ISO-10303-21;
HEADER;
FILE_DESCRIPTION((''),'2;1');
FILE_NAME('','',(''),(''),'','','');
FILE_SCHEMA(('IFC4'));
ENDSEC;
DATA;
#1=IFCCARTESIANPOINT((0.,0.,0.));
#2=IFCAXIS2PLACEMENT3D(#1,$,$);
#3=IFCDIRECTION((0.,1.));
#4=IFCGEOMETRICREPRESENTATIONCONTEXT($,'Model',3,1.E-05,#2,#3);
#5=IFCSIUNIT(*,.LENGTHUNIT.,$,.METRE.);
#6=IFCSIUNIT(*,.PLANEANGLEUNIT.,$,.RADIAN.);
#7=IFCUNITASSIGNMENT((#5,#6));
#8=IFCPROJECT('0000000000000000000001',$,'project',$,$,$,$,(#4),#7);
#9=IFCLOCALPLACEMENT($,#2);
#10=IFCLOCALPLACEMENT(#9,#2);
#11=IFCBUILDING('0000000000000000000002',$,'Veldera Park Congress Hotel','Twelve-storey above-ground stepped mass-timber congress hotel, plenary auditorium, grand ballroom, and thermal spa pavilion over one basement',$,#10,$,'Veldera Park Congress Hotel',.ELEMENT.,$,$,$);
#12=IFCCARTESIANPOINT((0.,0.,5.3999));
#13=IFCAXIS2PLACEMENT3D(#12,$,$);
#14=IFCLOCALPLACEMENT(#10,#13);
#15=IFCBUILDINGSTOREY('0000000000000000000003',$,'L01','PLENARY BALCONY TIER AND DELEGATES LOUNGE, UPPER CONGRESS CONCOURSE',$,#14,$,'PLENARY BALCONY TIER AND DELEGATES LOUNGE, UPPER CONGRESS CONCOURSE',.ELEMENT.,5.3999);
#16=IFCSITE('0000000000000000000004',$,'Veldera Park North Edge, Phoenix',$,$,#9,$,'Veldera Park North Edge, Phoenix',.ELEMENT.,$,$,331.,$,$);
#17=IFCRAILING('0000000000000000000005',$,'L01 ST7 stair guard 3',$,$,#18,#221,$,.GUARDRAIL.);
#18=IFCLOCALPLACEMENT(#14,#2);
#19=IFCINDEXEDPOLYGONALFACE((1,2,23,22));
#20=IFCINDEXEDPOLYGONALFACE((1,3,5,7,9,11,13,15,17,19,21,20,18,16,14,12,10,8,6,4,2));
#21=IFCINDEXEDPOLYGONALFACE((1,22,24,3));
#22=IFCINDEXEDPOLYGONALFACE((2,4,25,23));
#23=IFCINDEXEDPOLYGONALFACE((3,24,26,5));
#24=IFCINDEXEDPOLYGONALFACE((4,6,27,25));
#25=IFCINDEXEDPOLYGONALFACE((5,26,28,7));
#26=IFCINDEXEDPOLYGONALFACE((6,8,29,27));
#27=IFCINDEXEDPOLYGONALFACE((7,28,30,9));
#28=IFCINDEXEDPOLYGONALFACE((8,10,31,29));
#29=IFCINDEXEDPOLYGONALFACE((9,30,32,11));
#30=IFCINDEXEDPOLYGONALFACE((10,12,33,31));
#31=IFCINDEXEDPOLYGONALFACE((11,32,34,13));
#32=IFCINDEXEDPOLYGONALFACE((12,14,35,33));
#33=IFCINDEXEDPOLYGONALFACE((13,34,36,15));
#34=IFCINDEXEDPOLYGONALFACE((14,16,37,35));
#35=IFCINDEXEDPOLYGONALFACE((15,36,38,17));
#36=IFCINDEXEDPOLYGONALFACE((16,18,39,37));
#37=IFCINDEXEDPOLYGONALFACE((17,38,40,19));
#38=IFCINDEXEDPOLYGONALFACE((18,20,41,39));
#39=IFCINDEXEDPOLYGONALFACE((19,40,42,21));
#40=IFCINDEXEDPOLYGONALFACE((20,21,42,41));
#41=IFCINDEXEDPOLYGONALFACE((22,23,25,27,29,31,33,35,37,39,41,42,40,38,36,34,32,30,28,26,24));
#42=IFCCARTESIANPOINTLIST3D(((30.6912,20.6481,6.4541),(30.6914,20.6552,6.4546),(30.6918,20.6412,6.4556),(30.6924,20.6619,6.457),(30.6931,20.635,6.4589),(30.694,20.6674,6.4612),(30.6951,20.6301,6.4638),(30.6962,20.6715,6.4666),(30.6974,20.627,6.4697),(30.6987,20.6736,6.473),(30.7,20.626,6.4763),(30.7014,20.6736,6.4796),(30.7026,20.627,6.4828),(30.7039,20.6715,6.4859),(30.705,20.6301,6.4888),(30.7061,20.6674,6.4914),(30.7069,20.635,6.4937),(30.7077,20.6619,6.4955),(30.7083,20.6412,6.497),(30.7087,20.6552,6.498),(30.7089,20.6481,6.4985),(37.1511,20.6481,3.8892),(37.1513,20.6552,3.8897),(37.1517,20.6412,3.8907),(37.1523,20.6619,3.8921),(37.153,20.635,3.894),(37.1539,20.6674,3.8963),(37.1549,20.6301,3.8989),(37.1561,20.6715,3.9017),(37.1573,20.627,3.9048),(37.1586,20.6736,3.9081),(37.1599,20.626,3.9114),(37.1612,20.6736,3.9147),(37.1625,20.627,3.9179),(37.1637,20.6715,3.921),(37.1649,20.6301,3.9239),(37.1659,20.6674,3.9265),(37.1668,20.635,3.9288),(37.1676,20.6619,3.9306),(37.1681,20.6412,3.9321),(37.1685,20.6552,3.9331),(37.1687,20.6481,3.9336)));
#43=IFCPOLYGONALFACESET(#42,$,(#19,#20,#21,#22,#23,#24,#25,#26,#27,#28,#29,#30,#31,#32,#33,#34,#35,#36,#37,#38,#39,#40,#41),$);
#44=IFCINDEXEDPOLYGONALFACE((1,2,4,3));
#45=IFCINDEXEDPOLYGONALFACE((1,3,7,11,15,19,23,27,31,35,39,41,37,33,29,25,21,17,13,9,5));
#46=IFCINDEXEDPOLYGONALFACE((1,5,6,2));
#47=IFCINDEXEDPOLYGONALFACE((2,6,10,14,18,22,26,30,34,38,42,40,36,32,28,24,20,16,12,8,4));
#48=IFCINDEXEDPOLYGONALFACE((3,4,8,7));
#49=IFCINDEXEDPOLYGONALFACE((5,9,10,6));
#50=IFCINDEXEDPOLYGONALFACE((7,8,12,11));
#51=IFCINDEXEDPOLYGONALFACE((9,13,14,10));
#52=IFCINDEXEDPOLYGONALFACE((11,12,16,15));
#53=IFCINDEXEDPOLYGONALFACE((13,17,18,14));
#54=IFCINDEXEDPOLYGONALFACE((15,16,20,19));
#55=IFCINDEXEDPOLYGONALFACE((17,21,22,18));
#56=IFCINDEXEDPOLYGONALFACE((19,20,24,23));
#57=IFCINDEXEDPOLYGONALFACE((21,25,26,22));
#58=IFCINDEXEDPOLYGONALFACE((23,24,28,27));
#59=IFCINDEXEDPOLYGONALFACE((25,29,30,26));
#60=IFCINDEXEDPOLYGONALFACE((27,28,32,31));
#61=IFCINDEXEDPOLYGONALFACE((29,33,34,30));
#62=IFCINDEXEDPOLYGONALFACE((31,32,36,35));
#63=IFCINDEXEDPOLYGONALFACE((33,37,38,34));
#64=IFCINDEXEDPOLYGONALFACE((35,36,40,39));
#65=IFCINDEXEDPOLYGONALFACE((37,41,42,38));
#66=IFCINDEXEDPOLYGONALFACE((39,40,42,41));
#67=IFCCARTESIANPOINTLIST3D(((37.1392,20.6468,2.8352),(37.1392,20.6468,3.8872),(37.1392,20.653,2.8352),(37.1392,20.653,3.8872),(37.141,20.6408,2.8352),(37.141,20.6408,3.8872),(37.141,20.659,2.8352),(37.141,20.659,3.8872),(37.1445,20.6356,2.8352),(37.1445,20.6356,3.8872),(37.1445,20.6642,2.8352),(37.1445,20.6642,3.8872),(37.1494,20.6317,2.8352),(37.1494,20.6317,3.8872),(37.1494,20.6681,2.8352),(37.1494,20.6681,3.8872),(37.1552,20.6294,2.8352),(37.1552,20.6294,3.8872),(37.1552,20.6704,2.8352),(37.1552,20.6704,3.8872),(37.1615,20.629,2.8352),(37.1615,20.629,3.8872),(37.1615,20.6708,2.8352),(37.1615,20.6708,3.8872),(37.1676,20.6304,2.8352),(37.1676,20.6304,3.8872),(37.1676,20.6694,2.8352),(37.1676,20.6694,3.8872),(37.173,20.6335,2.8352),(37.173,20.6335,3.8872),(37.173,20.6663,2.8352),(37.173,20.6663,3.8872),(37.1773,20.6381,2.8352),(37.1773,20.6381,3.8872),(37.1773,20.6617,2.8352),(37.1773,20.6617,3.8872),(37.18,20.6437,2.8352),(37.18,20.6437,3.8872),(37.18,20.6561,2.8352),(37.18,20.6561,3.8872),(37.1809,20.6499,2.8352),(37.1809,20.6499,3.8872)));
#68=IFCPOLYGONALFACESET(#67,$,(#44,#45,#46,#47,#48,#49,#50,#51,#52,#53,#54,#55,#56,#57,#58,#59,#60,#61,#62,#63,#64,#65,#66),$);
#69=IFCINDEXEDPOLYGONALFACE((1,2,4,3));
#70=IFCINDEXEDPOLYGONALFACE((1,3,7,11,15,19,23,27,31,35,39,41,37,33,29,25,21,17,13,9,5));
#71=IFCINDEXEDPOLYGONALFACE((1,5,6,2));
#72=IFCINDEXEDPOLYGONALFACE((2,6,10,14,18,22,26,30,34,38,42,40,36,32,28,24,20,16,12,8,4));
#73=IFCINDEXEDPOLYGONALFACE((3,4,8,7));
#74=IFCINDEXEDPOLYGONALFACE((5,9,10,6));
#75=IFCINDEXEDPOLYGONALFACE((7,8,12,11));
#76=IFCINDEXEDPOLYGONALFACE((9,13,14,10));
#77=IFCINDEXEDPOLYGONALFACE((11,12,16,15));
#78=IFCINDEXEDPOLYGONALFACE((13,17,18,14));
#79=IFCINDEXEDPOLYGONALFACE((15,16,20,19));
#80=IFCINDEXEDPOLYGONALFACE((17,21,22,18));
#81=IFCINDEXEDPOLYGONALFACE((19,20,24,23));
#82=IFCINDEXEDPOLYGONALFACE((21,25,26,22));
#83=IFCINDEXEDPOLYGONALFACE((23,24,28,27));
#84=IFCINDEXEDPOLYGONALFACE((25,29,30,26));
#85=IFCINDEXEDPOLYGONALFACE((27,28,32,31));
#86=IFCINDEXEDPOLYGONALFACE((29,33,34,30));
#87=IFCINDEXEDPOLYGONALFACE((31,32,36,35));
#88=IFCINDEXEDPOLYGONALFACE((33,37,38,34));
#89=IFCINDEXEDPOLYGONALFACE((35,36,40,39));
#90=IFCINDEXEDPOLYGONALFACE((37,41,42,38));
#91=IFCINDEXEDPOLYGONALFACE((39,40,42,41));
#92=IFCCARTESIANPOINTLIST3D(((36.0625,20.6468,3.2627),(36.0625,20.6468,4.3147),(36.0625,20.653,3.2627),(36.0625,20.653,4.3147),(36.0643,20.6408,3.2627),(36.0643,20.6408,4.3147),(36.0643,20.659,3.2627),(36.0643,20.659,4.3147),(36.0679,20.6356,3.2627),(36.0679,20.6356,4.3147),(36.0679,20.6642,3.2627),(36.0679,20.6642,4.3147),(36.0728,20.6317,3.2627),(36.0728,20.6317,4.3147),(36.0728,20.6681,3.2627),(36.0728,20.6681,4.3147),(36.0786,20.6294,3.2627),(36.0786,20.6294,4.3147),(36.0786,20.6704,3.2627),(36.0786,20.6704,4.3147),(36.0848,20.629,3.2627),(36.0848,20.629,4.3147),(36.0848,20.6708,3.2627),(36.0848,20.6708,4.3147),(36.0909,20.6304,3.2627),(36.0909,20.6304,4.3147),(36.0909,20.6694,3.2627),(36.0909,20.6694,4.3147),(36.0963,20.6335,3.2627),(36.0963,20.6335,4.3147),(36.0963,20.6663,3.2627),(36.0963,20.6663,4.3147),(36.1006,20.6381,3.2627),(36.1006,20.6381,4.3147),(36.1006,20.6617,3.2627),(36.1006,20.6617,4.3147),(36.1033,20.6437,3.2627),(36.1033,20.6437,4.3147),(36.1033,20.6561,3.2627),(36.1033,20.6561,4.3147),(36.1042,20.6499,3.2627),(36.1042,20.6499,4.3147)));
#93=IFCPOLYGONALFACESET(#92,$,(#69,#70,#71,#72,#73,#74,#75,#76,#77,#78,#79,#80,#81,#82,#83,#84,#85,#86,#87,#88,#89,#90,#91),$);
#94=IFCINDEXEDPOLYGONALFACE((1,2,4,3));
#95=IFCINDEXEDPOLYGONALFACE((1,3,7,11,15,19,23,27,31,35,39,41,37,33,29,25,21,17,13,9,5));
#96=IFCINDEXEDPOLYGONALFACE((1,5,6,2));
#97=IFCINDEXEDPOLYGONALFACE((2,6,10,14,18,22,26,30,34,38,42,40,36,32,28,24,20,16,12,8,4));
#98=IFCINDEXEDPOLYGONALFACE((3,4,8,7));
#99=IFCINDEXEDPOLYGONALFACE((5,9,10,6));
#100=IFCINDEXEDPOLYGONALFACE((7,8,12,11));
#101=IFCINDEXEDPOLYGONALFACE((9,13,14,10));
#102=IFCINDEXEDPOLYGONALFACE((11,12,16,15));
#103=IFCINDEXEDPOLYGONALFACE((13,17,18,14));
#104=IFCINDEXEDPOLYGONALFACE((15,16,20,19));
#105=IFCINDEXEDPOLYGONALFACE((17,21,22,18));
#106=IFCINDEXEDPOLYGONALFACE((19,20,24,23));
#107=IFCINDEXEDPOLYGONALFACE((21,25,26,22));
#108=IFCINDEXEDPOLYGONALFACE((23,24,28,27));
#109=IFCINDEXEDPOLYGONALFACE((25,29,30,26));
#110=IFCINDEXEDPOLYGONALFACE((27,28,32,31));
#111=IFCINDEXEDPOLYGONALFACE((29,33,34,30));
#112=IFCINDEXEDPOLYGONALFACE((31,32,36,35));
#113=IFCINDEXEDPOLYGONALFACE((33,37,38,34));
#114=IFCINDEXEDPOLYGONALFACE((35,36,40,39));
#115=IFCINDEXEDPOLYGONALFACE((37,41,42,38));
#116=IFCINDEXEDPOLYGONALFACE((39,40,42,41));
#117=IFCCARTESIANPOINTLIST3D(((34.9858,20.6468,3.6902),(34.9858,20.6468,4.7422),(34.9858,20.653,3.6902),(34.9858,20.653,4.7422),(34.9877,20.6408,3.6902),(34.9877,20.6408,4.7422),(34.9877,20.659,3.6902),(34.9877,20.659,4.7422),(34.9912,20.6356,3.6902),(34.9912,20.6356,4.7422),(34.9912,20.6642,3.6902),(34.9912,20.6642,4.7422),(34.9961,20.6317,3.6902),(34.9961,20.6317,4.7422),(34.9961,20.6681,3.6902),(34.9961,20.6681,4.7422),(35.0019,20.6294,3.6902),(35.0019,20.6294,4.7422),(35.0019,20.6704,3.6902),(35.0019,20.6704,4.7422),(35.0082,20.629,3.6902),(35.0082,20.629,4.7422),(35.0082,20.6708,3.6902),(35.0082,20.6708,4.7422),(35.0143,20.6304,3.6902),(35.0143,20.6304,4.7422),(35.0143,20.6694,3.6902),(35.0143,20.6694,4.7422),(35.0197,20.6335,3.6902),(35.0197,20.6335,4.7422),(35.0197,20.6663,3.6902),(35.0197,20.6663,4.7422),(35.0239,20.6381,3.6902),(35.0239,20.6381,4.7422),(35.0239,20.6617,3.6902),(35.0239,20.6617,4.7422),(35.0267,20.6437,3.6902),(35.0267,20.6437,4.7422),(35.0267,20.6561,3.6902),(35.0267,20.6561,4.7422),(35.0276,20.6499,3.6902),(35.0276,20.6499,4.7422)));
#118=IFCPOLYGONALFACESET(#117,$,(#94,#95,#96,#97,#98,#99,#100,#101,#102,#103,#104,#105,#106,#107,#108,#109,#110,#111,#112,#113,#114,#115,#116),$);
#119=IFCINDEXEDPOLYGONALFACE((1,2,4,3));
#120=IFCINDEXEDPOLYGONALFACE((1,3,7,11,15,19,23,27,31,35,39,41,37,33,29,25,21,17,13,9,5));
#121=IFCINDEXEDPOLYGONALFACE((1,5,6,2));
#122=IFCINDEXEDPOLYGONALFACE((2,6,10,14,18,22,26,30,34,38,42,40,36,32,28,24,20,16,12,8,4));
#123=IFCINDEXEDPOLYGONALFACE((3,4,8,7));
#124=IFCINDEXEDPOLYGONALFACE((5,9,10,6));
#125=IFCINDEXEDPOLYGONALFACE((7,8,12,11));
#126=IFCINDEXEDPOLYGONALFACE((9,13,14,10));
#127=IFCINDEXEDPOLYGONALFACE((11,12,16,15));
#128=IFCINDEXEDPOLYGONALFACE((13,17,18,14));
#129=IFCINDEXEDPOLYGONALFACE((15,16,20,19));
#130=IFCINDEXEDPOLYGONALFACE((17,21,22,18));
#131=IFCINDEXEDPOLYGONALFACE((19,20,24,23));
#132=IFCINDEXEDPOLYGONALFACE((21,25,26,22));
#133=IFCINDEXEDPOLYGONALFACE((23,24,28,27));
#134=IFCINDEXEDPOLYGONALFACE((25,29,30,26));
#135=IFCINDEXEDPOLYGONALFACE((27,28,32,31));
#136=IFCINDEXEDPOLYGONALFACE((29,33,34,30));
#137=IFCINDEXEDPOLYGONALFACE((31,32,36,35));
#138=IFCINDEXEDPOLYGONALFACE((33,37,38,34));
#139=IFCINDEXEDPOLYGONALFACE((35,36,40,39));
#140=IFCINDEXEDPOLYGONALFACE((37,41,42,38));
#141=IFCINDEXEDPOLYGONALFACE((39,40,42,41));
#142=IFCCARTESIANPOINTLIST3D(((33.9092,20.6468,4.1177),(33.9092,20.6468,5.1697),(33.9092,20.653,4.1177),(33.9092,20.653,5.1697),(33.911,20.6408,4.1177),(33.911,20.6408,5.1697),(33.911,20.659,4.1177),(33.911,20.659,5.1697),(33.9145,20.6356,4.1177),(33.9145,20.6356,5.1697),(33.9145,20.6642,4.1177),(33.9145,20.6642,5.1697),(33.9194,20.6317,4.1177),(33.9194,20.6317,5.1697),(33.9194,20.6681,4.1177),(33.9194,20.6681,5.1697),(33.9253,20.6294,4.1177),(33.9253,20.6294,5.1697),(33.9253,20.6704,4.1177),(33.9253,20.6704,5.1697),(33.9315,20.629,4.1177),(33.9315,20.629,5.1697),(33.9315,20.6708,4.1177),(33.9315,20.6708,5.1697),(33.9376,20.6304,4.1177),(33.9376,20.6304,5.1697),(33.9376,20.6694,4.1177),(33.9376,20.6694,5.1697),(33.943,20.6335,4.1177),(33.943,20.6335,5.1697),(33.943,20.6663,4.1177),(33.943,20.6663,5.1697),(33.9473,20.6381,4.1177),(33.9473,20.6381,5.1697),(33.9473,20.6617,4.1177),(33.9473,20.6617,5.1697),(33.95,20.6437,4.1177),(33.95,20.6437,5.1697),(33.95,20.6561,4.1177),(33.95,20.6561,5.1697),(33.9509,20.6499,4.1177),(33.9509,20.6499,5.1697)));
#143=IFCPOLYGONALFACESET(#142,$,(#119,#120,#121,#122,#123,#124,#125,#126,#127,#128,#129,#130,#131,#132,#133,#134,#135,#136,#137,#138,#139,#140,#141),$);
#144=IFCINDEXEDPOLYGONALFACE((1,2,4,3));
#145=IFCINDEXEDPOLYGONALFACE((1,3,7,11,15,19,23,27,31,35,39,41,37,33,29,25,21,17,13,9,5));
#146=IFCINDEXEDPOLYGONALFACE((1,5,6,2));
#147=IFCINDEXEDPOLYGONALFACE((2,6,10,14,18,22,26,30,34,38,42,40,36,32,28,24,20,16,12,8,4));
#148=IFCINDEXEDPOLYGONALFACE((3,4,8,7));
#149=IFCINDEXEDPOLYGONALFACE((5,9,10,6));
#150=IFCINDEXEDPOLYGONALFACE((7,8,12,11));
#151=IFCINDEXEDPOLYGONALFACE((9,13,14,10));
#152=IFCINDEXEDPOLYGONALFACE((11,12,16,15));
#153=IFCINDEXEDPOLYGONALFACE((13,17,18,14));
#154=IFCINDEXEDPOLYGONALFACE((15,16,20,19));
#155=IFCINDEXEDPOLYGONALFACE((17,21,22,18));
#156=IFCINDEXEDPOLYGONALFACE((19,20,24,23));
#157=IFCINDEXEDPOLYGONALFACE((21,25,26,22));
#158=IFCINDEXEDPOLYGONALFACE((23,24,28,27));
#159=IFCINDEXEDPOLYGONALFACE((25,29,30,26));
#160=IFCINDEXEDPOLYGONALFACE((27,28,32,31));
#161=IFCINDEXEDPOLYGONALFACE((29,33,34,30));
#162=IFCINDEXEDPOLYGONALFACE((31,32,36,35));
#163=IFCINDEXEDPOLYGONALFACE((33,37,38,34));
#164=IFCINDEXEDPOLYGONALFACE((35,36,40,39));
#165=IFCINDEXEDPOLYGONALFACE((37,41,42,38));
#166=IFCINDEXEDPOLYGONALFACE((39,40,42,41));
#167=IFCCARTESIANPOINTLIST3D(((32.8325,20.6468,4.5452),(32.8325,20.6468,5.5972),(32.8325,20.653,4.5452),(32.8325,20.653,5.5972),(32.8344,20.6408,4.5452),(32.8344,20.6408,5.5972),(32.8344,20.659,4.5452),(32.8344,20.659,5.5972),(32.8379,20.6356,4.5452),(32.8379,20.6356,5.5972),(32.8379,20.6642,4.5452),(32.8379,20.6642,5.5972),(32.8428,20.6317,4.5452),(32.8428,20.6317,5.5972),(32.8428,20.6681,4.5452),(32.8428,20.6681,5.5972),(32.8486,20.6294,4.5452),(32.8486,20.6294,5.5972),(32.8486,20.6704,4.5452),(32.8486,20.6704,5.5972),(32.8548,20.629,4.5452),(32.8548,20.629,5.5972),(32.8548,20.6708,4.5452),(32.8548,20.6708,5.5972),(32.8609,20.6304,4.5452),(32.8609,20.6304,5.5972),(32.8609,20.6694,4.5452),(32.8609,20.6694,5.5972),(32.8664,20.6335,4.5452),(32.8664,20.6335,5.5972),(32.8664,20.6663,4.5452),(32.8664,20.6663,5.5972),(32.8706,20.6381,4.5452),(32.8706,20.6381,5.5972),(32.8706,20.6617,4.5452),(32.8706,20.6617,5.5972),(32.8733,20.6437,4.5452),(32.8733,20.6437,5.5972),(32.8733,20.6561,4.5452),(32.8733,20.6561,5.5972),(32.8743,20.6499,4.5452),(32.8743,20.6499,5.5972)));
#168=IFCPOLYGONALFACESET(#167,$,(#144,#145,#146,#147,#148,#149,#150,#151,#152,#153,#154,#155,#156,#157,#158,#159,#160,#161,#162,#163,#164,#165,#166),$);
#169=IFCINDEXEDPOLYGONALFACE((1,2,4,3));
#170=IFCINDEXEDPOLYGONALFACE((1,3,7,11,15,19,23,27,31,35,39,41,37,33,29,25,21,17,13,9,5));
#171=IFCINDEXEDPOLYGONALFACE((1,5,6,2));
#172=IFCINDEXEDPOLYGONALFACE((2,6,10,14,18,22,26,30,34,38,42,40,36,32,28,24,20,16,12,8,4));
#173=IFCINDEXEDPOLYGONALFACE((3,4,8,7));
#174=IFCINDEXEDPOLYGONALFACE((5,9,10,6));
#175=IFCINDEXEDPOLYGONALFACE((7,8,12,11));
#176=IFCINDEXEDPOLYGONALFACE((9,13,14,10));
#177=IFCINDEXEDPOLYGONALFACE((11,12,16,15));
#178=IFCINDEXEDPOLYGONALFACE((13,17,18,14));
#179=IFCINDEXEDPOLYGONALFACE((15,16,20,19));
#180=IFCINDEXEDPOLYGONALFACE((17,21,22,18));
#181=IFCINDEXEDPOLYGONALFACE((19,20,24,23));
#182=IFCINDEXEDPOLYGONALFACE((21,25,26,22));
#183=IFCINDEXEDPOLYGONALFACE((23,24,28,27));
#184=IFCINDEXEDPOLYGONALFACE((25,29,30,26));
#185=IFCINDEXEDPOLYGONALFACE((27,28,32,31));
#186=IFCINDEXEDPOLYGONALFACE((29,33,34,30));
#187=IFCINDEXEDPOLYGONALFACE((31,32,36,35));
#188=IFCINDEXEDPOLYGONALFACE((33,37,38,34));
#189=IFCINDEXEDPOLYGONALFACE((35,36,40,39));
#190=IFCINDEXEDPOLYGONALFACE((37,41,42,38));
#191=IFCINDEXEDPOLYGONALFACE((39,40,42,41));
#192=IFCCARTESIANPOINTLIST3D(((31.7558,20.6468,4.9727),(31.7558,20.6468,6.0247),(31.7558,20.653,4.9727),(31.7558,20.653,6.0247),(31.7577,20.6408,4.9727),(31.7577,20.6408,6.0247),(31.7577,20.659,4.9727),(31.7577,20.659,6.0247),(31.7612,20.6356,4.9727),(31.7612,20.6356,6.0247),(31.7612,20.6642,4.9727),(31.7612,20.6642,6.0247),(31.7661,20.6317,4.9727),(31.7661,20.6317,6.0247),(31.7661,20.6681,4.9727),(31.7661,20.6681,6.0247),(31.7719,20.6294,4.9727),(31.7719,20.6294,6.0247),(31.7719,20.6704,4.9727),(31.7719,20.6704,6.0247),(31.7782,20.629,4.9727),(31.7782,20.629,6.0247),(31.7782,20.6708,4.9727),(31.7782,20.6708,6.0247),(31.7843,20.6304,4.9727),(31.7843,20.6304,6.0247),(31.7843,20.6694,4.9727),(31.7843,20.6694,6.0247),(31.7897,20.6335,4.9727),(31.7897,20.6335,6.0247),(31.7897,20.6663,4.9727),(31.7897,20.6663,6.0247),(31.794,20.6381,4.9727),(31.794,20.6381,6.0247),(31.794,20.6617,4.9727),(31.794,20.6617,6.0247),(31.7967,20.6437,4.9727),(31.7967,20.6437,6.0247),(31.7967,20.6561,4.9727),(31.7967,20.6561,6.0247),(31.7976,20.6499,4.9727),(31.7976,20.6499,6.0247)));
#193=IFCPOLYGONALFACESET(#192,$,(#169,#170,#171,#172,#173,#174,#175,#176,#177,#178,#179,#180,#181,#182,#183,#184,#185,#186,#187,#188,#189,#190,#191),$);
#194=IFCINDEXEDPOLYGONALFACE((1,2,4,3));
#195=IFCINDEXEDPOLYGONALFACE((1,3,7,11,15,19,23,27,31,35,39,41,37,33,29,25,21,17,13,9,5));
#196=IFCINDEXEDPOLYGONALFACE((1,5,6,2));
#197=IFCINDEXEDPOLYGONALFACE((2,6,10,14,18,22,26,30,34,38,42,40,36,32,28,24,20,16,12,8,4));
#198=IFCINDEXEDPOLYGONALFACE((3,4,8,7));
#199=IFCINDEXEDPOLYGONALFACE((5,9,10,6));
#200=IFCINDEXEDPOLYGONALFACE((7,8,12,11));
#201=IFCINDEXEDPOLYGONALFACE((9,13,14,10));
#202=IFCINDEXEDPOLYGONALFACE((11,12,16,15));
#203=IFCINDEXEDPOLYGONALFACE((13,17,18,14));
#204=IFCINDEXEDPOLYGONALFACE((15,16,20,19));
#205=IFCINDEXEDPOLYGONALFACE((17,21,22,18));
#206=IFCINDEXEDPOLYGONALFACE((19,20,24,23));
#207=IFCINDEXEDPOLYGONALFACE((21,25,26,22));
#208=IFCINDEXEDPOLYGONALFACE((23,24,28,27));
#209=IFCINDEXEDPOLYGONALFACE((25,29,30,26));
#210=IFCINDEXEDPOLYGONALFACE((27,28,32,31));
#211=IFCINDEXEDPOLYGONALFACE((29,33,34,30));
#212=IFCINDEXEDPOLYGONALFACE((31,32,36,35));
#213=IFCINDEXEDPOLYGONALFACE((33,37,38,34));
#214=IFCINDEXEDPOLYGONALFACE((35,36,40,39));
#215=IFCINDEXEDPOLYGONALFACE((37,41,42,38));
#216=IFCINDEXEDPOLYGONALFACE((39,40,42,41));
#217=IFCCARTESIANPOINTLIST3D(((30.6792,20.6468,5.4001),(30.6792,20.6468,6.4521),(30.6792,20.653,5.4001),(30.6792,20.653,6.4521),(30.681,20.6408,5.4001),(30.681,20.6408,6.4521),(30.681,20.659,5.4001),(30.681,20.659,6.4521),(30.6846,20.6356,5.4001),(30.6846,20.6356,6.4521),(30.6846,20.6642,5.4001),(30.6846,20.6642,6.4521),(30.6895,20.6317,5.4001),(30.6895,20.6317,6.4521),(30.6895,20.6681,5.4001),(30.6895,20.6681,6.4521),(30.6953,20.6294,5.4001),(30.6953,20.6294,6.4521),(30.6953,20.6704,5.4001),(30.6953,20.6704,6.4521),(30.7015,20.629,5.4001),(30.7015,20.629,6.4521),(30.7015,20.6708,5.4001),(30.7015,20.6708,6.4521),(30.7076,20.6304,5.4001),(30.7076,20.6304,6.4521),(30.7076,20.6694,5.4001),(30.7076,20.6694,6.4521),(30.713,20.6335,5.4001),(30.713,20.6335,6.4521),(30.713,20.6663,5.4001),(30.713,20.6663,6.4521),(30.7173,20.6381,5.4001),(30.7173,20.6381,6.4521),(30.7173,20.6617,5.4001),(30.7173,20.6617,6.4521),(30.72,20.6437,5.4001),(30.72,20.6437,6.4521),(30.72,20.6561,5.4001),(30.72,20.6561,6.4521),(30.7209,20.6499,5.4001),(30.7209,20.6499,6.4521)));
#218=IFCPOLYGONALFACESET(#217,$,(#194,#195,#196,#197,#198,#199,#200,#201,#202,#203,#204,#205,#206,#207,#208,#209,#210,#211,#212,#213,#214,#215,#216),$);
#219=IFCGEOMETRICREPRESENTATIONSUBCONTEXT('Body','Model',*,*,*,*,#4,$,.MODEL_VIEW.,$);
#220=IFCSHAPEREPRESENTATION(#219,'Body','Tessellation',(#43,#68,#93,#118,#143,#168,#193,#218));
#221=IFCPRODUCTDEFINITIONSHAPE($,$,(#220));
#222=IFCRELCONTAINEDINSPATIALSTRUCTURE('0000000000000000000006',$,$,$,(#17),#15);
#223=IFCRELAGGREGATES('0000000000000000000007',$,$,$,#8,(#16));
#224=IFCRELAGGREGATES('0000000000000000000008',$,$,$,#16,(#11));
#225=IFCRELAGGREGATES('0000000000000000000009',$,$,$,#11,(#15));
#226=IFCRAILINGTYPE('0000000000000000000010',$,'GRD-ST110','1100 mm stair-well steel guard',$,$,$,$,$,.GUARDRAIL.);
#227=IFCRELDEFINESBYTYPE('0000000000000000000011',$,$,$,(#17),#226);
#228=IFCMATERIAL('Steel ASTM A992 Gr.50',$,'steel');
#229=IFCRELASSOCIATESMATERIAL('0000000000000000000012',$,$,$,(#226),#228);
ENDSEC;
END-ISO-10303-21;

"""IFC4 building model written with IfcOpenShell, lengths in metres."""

from ifc_helpers import new_model, si_unit, direction, frame, origin, origin_2d, place, context, subcontext, project, spatial, circle, extrude, material, type_object, element, save


model = new_model("IFC4")

# Units and contexts
model_context = context("Model", 3, precision=1e-05, world=origin(), true_north=direction((0.0, 1.0)))
body_context = subcontext(model_context, "Body", "Model", "MODEL_VIEW")
ifc_project = project(units=[si_unit("LENGTHUNIT", "METRE"), si_unit("PLANEANGLEUNIT", "RADIAN")], contexts=[model_context])

# Site, building, storey
site_placement = place(None, origin())
site = spatial("IfcSite", under=ifc_project, at=site_placement, Name="Veldera Park North Edge, Phoenix", LongName="Veldera Park North Edge, Phoenix", CompositionType="ELEMENT", RefElevation=331.0)
building_placement = place(site_placement, origin())
building = spatial("IfcBuilding", under=site, at=building_placement, Name="Veldera Park Congress Hotel", Description="Twelve-storey above-ground stepped mass-timber congress hotel, plenary auditorium, grand ballroom, and thermal spa pavilion over one basement", LongName="Veldera Park Congress Hotel", CompositionType="ELEMENT")
storey_placement = place(building_placement, frame((0.0, 0.0, 5.3999)))
storey = spatial("IfcBuildingStorey", under=building, at=storey_placement, Name="L01", Description="PLENARY BALCONY TIER AND DELEGATES LOUNGE, UPPER CONGRESS CONCOURSE", LongName="PLENARY BALCONY TIER AND DELEGATES LOUNGE, UPPER CONGRESS CONCOURSE", CompositionType="ELEMENT", Elevation=5.3999)

# Shared definitions
ifc_material_1 = material(Name="Steel ASTM A992 Gr.50", Category="steel")

# Railing
railing_type_1 = type_object("IfcRailingType", Name="GRD-ST110", Description="1100 mm stair-well steel guard", PredefinedType="GUARDRAIL", material=ifc_material_1)
railing_1_placement = place(storey_placement, frame((37.1599, 20.6499, 2.8352)))
element("IfcRailing", 1, at=railing_1_placement, inside=storey, type_object=railing_type_1, Name="L01 ST7 stair guard 3", PredefinedType="GUARDRAIL", context=body_context, shape_type="SweptSolid", body=[
    extrude(circle(Radius=0.0239, at=origin_2d()), frame((0.0, 0.0, 1.0762), z_axis=(-0.929418, 0.0, 0.369028), x_axis=(0.0, -1.0, 0.0)), (0.0, 0.0, 1.0), 6.9504),
    extrude(circle(Radius=0.021, at=origin_2d()), origin(), (0.0, 0.0, 1.0), 1.052),
    extrude(circle(Radius=0.021, at=origin_2d()), frame((-1.0767, 0.0, 0.4275)), (0.0, 0.0, 1.0), 1.052),
    extrude(circle(Radius=0.021, at=origin_2d()), frame((-2.1533, 0.0, 0.855)), (0.0, 0.0, 1.0), 1.052),
    extrude(circle(Radius=0.021, at=origin_2d()), frame((-3.23, 0.0, 1.2825)), (0.0, 0.0, 1.0), 1.052),
    extrude(circle(Radius=0.021, at=origin_2d()), frame((-4.3066, 0.0, 1.71)), (0.0, 0.0, 1.0), 1.052),
    extrude(circle(Radius=0.021, at=origin_2d()), frame((-5.3833, 0.0, 2.1375)), (0.0, 0.0, 1.0), 1.052),
    extrude(circle(Radius=0.021, at=origin_2d()), frame((-6.46, 0.0, 2.5649)), (0.0, 0.0, 1.0), 1.052),
])

save(model, "model.ifc")
